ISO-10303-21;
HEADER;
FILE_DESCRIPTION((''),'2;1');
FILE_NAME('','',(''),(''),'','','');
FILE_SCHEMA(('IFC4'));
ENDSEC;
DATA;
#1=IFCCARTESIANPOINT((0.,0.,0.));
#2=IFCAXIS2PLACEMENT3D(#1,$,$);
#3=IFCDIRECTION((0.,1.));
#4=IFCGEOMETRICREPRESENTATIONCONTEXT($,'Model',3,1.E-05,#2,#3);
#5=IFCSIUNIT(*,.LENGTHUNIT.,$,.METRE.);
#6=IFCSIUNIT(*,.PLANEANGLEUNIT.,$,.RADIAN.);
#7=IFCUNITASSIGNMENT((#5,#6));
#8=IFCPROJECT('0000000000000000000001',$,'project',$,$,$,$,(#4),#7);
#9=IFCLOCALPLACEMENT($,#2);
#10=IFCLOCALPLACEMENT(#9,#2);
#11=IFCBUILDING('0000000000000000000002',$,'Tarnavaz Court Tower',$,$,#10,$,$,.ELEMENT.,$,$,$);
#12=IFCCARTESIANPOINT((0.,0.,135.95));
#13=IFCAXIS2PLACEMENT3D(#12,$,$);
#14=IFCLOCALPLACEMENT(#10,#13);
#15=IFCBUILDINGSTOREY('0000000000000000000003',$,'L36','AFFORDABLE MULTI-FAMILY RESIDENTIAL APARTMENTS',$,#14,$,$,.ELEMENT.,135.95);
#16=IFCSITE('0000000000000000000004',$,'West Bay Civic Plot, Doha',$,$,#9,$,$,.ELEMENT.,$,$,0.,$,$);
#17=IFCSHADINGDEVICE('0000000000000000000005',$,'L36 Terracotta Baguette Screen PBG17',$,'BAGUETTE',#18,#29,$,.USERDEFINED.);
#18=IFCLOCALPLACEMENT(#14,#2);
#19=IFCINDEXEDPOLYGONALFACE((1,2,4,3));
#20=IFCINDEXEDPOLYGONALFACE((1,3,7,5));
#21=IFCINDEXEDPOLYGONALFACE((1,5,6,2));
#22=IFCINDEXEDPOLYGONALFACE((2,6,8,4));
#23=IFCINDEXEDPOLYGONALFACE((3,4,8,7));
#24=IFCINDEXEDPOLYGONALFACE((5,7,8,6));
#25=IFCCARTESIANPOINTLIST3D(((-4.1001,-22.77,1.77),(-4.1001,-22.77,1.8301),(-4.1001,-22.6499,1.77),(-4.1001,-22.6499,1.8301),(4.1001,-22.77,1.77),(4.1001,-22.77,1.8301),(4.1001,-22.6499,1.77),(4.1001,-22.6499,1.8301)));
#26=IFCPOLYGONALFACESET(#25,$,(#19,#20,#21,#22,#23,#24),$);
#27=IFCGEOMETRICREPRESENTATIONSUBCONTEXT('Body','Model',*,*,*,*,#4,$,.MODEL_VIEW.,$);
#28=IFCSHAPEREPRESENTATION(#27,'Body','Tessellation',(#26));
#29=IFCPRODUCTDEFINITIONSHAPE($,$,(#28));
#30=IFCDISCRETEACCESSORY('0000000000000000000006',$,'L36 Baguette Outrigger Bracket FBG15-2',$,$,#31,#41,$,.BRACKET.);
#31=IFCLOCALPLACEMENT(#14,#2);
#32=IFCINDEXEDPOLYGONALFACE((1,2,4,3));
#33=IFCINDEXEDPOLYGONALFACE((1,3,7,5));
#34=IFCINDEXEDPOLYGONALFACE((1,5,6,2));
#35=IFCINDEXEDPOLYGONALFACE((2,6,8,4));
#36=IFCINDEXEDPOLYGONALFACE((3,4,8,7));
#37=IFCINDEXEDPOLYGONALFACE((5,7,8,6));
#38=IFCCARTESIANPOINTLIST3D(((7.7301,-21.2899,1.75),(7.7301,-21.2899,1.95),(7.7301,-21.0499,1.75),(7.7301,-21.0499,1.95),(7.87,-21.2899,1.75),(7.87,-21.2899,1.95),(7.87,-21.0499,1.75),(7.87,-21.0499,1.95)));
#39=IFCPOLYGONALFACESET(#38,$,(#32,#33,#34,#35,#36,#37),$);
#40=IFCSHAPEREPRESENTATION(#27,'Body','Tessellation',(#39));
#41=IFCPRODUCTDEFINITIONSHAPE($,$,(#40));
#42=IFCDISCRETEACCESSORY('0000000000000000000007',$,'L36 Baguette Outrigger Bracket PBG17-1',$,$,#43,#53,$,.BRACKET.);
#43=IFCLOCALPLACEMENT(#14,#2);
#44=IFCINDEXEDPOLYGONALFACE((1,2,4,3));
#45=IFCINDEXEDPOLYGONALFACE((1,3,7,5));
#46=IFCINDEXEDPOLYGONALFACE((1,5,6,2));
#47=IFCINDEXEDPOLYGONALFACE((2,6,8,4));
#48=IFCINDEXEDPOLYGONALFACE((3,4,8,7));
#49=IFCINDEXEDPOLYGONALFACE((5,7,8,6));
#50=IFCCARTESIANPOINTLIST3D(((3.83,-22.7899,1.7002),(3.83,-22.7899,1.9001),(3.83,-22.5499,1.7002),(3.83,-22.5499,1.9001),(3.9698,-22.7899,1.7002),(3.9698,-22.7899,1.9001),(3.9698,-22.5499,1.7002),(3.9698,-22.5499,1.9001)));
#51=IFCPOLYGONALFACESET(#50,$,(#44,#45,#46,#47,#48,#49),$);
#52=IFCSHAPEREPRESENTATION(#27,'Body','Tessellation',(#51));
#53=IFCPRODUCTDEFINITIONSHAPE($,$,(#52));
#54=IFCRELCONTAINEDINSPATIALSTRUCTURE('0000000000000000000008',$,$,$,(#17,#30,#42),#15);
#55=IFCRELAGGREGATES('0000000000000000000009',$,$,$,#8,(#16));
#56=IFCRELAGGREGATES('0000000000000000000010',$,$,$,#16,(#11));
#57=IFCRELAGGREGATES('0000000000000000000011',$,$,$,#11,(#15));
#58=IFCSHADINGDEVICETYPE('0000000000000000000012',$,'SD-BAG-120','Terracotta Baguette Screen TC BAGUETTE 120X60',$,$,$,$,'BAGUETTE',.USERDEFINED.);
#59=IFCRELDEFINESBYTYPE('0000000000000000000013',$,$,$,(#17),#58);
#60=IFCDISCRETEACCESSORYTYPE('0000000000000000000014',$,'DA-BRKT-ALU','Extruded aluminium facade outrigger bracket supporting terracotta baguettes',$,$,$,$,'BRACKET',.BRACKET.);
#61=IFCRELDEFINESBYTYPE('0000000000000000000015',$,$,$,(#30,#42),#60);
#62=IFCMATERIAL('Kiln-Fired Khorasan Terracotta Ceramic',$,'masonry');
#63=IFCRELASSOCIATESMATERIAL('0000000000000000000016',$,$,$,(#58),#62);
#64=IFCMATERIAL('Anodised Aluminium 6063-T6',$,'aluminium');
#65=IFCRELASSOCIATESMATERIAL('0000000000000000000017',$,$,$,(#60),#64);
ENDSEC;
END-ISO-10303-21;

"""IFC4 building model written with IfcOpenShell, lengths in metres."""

from ifc_helpers import new_model, si_unit, direction, frame, origin, origin_2d, place, context, subcontext, project, spatial, rectangle, extrude, material, material_profile, profile_set, type_object, element, save


model = new_model("IFC4")

# Units and contexts
model_context = context("Model", 3, precision=1e-05, world=origin(), true_north=direction((0.0, 1.0)))
body_context = subcontext(model_context, "Body", "Model", "MODEL_VIEW")
ifc_project = project(units=[si_unit("LENGTHUNIT", "METRE"), si_unit("PLANEANGLEUNIT", "RADIAN")], contexts=[model_context])

# Site, building, storey
site_placement = place(None, origin())
site = spatial("IfcSite", under=ifc_project, at=site_placement, Name="West Bay Civic Plot, Doha", CompositionType="ELEMENT", RefElevation=0.0)
building_placement = place(site_placement, origin())
building = spatial("IfcBuilding", under=site, at=building_placement, Name="Tarnavaz Court Tower", CompositionType="ELEMENT")
storey_placement = place(building_placement, frame((0.0, 0.0, 135.95)))
storey = spatial("IfcBuildingStorey", under=building, at=storey_placement, Name="L36", Description="AFFORDABLE MULTI-FAMILY RESIDENTIAL APARTMENTS", CompositionType="ELEMENT", Elevation=135.95)

# Shared definitions
ifc_material_1 = material(Name="Anodised Aluminium 6063-T6", Category="aluminium")

# Shading device
ifc_material_2 = material(Name="Kiln-Fired Khorasan Terracotta Ceramic", Category="masonry")
ifc_material_profile_1 = material_profile(ifc_material_2, rectangle(XDim=0.1201, YDim=0.0601, at=origin_2d()), Name="TC BAGUETTE 120X60")
ifc_profile_set_1 = profile_set([ifc_material_profile_1], Name="Kiln-Fired Khorasan Terracotta Ceramic")
shading_device_type = type_object("IfcShadingDeviceType", Name="SD-BAG-120", Description="Terracotta Baguette Screen TC BAGUETTE 120X60", ElementType="BAGUETTE", PredefinedType="USERDEFINED", material=ifc_profile_set_1)
shading_device_placement = place(storey_placement, frame((4.1001, -22.71, 1.8), z_axis=(-1.0, 0.0, 0.0), x_axis=(0.0, -1.0, 0.0)))
element("IfcShadingDevice", 1, at=shading_device_placement, inside=storey, type_object=shading_device_type, Name="L36 Terracotta Baguette Screen PBG17", ObjectType="BAGUETTE", PredefinedType="USERDEFINED", context=body_context, shape_type="SweptSolid", body=[
    extrude(rectangle(XDim=0.1201, YDim=0.0601, at=origin_2d()), origin(), (0.0, 0.0, 1.0), 8.2002),
])

# Discrete accessories
discrete_accessory_type = type_object("IfcDiscreteAccessoryType", Name="DA-BRKT-ALU", Description="Extruded aluminium facade outrigger bracket supporting terracotta baguettes", ElementType="BRACKET", PredefinedType="BRACKET", material=ifc_material_1)
for number, where, z_axis, x_axis, name in (
    (2, (7.8, -21.1699, 1.75), (0.0, 0.0, 1.0), (-1.0, 0.0, 0.0), "L36 Baguette Outrigger Bracket FBG15-2"),
    (3, (3.8999, -22.6699, 1.7002), (0.0, 0.0, 1.0), (-1.0, 0.0, 0.0), "L36 Baguette Outrigger Bracket PBG17-1"),
):
    element("IfcDiscreteAccessory", number, at=place(storey_placement, frame(where, z_axis=z_axis, x_axis=x_axis)), inside=storey, type_object=discrete_accessory_type, Name=name, PredefinedType="BRACKET", context=body_context, shape_type="SweptSolid", body=[
        extrude(rectangle(XDim=0.1399, YDim=0.24, at=origin_2d()), origin(), (0.0, 0.0, 1.0), 0.2),
    ])

save(model, "model.ifc")
